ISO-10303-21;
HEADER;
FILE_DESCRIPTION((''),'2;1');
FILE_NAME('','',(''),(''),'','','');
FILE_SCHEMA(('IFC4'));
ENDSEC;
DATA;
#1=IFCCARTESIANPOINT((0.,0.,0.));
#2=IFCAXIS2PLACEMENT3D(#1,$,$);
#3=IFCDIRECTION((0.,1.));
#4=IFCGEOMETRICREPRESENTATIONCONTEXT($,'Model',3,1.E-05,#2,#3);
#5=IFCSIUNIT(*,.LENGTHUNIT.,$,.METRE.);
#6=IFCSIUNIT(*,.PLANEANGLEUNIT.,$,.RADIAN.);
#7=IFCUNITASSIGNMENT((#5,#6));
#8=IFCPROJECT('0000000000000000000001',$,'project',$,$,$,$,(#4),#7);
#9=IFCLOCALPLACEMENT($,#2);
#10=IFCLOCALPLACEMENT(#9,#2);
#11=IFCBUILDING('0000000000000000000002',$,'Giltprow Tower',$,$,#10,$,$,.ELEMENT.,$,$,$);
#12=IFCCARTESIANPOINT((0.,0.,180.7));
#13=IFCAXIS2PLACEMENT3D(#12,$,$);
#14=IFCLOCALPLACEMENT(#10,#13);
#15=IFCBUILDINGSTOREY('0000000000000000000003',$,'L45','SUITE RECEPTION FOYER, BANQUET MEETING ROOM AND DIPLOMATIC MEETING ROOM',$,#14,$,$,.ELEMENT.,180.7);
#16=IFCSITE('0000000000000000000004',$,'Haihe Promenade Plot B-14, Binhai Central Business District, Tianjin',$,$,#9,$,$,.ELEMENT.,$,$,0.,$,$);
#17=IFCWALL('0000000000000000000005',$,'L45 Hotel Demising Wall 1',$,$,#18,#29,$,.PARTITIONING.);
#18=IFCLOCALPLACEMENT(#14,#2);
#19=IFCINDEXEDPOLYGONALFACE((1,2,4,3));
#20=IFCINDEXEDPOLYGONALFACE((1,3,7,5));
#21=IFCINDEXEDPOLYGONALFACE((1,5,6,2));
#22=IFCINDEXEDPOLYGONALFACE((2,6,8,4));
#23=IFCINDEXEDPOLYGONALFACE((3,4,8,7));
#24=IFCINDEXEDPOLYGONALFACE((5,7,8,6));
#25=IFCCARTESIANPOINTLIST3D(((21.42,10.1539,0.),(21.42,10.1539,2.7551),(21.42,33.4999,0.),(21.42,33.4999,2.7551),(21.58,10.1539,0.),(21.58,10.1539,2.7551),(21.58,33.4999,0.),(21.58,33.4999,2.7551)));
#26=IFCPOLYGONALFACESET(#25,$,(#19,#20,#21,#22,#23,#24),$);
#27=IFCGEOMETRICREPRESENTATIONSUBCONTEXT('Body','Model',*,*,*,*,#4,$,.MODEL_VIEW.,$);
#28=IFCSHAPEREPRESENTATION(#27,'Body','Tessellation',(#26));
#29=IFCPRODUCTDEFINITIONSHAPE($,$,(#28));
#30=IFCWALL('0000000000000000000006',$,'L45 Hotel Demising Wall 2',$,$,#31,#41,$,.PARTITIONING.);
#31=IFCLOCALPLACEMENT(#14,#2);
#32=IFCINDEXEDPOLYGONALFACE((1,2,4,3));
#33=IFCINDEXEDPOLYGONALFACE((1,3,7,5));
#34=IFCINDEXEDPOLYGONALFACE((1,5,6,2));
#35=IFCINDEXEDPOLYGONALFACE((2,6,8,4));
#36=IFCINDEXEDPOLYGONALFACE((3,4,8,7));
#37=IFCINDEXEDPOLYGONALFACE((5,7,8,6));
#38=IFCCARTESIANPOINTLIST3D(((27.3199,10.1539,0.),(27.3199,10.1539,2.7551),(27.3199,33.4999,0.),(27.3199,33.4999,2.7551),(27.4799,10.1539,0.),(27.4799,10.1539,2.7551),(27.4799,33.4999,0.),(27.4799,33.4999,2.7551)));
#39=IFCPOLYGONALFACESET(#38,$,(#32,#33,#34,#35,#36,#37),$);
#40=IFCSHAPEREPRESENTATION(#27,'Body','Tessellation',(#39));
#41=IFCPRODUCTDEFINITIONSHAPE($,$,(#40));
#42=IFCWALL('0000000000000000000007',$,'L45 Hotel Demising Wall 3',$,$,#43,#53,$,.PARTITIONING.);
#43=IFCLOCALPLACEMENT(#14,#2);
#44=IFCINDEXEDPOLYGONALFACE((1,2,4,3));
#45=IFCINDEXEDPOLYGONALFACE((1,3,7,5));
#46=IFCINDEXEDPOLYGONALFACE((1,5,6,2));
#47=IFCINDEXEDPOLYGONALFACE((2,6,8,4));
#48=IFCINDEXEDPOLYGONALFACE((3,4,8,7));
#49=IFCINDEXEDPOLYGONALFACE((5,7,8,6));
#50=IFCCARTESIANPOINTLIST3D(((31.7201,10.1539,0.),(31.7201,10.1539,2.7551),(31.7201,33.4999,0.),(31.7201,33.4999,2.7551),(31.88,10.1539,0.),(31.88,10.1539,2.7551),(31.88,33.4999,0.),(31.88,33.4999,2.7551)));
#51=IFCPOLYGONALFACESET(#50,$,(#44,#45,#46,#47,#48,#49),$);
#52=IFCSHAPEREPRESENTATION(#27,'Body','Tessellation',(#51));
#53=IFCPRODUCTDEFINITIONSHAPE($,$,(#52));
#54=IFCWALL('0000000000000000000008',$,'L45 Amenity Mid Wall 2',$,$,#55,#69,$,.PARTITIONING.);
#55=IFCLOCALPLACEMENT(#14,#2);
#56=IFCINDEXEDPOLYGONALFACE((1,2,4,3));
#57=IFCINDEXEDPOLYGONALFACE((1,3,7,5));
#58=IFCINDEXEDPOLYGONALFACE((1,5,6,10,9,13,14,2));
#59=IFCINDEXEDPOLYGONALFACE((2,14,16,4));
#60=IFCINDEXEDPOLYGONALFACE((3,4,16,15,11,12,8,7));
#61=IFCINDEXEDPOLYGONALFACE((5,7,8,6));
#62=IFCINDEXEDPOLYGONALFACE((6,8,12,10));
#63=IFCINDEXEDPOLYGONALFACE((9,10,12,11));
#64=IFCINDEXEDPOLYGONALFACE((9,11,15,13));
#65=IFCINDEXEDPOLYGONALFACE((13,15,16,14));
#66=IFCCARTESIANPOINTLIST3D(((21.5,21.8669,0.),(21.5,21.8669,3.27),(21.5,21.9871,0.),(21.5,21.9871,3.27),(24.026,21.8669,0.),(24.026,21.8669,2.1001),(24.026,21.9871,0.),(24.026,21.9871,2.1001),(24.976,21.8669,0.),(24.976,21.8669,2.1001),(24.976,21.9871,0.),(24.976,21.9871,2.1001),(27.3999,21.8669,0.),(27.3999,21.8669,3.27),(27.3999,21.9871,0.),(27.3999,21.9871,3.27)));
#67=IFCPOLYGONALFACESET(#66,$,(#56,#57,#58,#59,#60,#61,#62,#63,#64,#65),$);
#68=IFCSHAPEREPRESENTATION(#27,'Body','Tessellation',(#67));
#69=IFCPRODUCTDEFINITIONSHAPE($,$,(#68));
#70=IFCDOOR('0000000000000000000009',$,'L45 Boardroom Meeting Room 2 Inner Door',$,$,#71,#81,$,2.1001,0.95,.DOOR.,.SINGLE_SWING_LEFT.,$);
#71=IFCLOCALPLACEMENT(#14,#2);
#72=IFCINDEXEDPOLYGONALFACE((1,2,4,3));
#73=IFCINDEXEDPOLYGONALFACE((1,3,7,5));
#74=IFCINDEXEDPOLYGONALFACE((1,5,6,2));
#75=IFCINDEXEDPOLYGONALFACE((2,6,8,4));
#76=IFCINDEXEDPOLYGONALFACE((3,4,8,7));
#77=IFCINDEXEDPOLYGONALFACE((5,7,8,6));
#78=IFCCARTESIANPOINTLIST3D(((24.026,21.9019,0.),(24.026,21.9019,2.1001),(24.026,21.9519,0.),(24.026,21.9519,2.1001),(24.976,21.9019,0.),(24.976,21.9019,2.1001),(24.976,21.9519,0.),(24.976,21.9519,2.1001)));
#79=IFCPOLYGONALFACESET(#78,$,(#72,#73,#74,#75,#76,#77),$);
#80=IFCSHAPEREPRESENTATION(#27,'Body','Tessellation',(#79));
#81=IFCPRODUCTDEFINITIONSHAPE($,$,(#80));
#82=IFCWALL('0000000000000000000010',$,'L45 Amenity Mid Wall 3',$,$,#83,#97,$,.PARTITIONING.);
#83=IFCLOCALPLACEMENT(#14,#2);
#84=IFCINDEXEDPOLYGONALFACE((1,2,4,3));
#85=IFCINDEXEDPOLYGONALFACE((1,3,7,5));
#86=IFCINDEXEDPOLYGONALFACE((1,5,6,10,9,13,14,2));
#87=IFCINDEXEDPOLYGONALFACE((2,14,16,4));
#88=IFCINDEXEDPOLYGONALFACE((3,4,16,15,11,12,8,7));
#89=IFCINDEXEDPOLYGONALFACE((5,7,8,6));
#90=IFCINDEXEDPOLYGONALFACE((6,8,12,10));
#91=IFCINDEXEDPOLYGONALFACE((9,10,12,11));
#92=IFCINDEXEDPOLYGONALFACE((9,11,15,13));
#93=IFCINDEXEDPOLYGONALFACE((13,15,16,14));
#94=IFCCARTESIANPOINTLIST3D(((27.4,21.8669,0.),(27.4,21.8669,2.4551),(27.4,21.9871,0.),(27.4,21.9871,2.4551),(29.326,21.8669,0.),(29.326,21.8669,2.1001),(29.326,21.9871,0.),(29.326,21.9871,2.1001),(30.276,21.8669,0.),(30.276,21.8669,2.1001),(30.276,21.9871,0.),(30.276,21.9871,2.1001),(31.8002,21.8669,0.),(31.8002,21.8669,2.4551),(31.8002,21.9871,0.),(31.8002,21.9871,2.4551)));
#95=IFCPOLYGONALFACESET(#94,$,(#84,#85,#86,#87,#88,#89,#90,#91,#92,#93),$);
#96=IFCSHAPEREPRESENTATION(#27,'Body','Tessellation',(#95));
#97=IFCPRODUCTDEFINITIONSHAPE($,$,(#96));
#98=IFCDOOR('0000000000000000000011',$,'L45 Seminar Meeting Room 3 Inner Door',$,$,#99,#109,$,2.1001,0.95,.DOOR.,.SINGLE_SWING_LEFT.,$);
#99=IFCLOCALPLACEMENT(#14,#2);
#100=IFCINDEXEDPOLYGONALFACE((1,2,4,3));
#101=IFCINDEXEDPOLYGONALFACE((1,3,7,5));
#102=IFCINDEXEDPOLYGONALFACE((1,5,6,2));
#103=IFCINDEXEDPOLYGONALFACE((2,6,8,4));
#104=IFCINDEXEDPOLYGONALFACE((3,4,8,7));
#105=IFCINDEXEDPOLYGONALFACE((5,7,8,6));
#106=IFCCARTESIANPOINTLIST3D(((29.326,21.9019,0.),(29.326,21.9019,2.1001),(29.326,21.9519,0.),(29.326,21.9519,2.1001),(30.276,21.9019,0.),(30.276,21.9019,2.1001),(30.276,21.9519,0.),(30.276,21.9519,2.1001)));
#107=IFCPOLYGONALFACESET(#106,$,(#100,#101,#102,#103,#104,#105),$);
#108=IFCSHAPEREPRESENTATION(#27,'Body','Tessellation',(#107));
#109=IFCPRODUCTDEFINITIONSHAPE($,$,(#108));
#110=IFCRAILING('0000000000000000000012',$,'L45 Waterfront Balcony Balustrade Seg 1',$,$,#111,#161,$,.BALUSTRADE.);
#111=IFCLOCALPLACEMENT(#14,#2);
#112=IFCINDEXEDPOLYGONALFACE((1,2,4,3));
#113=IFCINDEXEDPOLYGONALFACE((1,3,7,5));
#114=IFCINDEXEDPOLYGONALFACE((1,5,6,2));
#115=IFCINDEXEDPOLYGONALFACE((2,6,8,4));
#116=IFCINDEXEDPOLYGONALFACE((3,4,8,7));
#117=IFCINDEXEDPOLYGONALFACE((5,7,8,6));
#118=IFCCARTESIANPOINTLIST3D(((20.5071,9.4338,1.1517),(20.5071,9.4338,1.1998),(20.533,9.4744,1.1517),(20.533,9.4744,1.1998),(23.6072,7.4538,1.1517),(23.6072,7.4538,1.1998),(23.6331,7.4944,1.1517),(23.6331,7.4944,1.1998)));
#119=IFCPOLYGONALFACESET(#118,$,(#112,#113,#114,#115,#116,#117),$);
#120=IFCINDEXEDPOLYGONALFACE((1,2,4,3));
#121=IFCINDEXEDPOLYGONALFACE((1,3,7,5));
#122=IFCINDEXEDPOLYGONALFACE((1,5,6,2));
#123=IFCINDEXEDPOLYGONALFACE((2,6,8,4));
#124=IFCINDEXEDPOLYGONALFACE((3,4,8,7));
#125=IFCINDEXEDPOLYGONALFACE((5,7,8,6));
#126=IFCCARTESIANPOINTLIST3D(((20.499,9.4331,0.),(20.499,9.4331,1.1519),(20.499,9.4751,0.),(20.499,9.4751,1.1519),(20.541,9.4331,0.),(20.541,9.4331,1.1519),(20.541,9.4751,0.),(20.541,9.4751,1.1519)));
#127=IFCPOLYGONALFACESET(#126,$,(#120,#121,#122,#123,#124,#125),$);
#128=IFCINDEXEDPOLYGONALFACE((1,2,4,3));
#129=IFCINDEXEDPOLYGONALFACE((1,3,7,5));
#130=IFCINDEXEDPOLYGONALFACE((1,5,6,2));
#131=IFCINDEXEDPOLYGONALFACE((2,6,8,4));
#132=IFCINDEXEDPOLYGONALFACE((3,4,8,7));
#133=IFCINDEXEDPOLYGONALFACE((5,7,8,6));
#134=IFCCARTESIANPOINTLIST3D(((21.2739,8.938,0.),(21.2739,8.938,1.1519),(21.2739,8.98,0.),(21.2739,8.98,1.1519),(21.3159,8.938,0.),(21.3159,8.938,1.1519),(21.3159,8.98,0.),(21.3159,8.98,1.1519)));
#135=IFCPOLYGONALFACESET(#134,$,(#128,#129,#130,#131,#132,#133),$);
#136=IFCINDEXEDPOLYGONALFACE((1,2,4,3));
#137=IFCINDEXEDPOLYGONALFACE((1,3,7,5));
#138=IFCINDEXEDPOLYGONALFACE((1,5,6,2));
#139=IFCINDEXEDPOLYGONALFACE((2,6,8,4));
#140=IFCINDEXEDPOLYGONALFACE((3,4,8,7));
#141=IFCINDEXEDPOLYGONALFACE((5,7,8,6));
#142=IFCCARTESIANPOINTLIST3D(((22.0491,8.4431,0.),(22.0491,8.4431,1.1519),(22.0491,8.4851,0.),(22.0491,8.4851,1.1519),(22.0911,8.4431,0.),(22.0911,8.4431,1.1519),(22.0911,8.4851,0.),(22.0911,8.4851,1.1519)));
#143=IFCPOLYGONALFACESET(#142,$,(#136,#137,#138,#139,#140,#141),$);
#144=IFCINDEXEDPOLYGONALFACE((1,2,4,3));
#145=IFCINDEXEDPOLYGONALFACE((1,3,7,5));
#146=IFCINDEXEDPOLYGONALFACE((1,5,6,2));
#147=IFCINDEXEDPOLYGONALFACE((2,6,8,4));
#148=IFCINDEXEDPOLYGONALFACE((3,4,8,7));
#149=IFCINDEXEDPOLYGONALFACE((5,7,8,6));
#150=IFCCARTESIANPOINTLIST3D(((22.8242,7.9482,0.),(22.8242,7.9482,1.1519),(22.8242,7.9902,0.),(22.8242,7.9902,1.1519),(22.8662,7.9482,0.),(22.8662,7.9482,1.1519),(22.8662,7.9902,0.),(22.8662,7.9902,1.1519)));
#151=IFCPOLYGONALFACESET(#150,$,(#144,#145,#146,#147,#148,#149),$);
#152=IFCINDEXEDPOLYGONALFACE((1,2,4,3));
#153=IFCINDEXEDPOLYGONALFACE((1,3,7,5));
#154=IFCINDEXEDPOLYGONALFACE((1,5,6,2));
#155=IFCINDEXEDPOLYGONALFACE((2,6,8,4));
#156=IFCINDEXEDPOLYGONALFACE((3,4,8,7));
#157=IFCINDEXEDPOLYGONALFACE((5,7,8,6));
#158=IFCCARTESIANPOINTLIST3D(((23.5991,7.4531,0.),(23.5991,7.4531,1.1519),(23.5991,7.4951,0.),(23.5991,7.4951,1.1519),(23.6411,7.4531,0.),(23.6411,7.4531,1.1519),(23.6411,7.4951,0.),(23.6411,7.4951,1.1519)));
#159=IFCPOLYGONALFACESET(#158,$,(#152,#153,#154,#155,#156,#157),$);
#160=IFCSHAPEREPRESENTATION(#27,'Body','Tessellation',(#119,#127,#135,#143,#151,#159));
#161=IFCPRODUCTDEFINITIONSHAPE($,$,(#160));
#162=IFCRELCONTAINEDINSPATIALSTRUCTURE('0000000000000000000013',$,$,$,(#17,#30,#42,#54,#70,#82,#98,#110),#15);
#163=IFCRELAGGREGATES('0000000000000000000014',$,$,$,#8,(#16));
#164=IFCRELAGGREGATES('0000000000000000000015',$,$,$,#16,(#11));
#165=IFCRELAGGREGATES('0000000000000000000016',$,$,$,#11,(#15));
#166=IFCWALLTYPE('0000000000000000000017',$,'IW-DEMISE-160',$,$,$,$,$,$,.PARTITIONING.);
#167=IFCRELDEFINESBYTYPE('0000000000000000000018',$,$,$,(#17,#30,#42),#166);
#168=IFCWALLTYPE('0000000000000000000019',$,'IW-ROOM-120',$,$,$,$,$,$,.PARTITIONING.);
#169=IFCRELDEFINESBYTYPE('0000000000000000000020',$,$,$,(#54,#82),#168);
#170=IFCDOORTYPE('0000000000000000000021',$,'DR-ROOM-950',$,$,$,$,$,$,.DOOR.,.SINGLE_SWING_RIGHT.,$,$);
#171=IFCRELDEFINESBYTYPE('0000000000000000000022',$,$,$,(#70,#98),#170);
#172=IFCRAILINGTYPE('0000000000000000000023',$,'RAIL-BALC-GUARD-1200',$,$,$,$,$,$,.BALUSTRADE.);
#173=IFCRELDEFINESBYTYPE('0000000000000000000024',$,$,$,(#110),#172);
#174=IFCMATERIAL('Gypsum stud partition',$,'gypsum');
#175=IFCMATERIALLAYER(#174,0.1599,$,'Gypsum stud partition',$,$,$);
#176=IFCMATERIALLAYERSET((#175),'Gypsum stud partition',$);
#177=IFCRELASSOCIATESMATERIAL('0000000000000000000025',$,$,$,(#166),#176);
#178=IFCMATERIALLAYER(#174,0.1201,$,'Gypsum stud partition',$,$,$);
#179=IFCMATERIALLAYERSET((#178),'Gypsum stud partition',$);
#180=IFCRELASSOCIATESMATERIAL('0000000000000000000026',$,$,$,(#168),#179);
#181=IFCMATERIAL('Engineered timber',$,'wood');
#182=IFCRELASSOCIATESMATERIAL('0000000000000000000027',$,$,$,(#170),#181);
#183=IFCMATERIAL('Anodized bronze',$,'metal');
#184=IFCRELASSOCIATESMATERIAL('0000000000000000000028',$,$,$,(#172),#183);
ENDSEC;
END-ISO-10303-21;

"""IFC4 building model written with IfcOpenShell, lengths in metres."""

from ifc_helpers import new_model, si_unit, direction, frame, frame_2d, origin, origin_2d, place, context, subcontext, project, spatial, rectangle, extrude, source, transform, mapped, material, layer, layer_set, type_object, element, fill, save


model = new_model("IFC4")

# Units and contexts
model_context = context("Model", 3, precision=1e-05, world=origin(), true_north=direction((0.0, 1.0)))
body_context = subcontext(model_context, "Body", "Model", "MODEL_VIEW")
ifc_project = project(units=[si_unit("LENGTHUNIT", "METRE"), si_unit("PLANEANGLEUNIT", "RADIAN")], contexts=[model_context])

# Site, building, storey
site_placement = place(None, origin())
site = spatial("IfcSite", under=ifc_project, at=site_placement, Name="Haihe Promenade Plot B-14, Binhai Central Business District, Tianjin", CompositionType="ELEMENT", RefElevation=0.0)
building_placement = place(site_placement, origin())
building = spatial("IfcBuilding", under=site, at=building_placement, Name="Giltprow Tower", CompositionType="ELEMENT")
storey_placement = place(building_placement, frame((0.0, 0.0, 180.7)))
storey = spatial("IfcBuildingStorey", under=building, at=storey_placement, Name="L45", Description="SUITE RECEPTION FOYER, BANQUET MEETING ROOM AND DIPLOMATIC MEETING ROOM", CompositionType="ELEMENT", Elevation=180.7)

# Walls
ifc_material_1 = material(Name="Gypsum stud partition", Category="gypsum")
ifc_layer_1 = layer(ifc_material_1, 0.1599, Name="Gypsum stud partition")
ifc_layer_set_1 = layer_set([ifc_layer_1], Name="Gypsum stud partition")
wall_type_1 = type_object("IfcWallType", Name="IW-DEMISE-160", PredefinedType="PARTITIONING", material=ifc_layer_set_1)
for number, where, z_axis, x_axis, name in (
    (1, (21.5, 10.1541, 0.0), (0.0, 0.0, 1.0), (0.0, 1.0, 0.0), "L45 Hotel Demising Wall 1"),
    (2, (27.3999, 10.1541, 0.0), (0.0, 0.0, 1.0), (0.0, 1.0, 0.0), "L45 Hotel Demising Wall 2"),
    (3, (31.8, 10.1541, 0.0), (0.0, 0.0, 1.0), (0.0, 1.0, 0.0), "L45 Hotel Demising Wall 3"),
):
    element("IfcWall", number, at=place(storey_placement, frame(where, z_axis=z_axis, x_axis=x_axis)), inside=storey, type_object=wall_type_1, Name=name, PredefinedType="PARTITIONING", context=body_context, shape_type="SweptSolid", body=[
        extrude(rectangle(XDim=23.3459, YDim=0.1599, at=frame_2d((11.6729, 0.0))), origin(), (0.0, 0.0, 1.0), 2.7551),
    ])

# Walls, openings, doors
ifc_layer_2 = layer(ifc_material_1, 0.1201, Name="Gypsum stud partition")
ifc_layer_set_2 = layer_set([ifc_layer_2], Name="Gypsum stud partition")
wall_type_2 = type_object("IfcWallType", Name="IW-ROOM-120", PredefinedType="PARTITIONING", material=ifc_layer_set_2)
wall_1_placement = place(storey_placement, frame((21.5, 21.927, 0.0), z_axis=(0.0, 0.0, 1.0), x_axis=(1.0, 0.0, 0.0)))
wall_1 = element("IfcWall", 4, at=wall_1_placement, inside=storey, type_object=wall_type_2, Name="L45 Amenity Mid Wall 2", PredefinedType="PARTITIONING", context=body_context, shape_type="SweptSolid", body=[
    extrude(rectangle(XDim=5.8999, YDim=0.1201, at=frame_2d((2.95, 0.0))), origin(), (0.0, 0.0, 1.0), 3.27),
])
opening_1_placement = place(wall_1_placement, frame((2.5259, 0.0, 0.0)))
opening_1 = element("IfcOpeningElement", 5, at=opening_1_placement, cuts=wall_1, PredefinedType="OPENING", context=body_context, shape_type="SweptSolid", body=[
    extrude(rectangle(XDim=0.95, YDim=2.1001, at=frame_2d((0.4751, 1.05))), frame((0.0, 0.0701, 0.0), z_axis=(0.0, -1.0, 0.0), x_axis=(1.0, 0.0, 0.0)), (0.0, 0.0, 1.0), 0.1401),
])
ifc_material_2 = material(Name="Engineered timber", Category="wood")
door_type = type_object("IfcDoorType", Name="DR-ROOM-950", OperationType="SINGLE_SWING_RIGHT", PredefinedType="DOOR", material=ifc_material_2)
shared_shape_1 = source(origin(), body_context, "Body", "SweptSolid", [
    extrude(rectangle(XDim=0.95, YDim=2.1001, at=frame_2d((0.4751, 1.05))), frame((0.0, 0.0249, 0.0), z_axis=(0.0, -1.0, 0.0), x_axis=(1.0, 0.0, 0.0)), (0.0, 0.0, 1.0), 0.05),
])
door_1_placement = place(opening_1_placement, origin())
door_1 = element("IfcDoor", 6, at=door_1_placement, inside=storey, type_object=door_type, Name="L45 Boardroom Meeting Room 2 Inner Door", OperationType="SINGLE_SWING_LEFT", OverallHeight=2.1001, OverallWidth=0.95, PredefinedType="DOOR", context=body_context, shape_type="MappedRepresentation", body=[
    mapped(shared_shape_1, transform((0.0, 0.0, 0.0), x_axis=(1.0, 0.0, 0.0), y_axis=(0.0, 1.0, 0.0), z_axis=(0.0, 0.0, 1.0), scale=1.0)),
])
fill(opening_1, door_1)
wall_2_placement = place(storey_placement, frame((27.3999, 21.927, 0.0), z_axis=(0.0, 0.0, 1.0), x_axis=(1.0, 0.0, 0.0)))
wall_2 = element("IfcWall", 7, at=wall_2_placement, inside=storey, type_object=wall_type_2, Name="L45 Amenity Mid Wall 3", PredefinedType="PARTITIONING", context=body_context, shape_type="SweptSolid", body=[
    extrude(rectangle(XDim=4.4001, YDim=0.1201, at=frame_2d((2.2002, 0.0))), origin(), (0.0, 0.0, 1.0), 2.4551),
])
opening_2_placement = place(wall_2_placement, frame((1.926, 0.0, 0.0)))
opening_2 = element("IfcOpeningElement", 8, at=opening_2_placement, cuts=wall_2, PredefinedType="OPENING", context=body_context, shape_type="SweptSolid", body=[
    extrude(rectangle(XDim=0.95, YDim=2.1001, at=frame_2d((0.4751, 1.05))), frame((0.0, 0.0701, 0.0), z_axis=(0.0, -1.0, 0.0), x_axis=(1.0, 0.0, 0.0)), (0.0, 0.0, 1.0), 0.1401),
])
door_2_placement = place(opening_2_placement, origin())
door_2 = element("IfcDoor", 9, at=door_2_placement, inside=storey, type_object=door_type, Name="L45 Seminar Meeting Room 3 Inner Door", OperationType="SINGLE_SWING_LEFT", OverallHeight=2.1001, OverallWidth=0.95, PredefinedType="DOOR", context=body_context, shape_type="MappedRepresentation", body=[
    mapped(shared_shape_1, transform((0.0, 0.0, 0.0), x_axis=(1.0, 0.0, 0.0), y_axis=(0.0, 1.0, 0.0), z_axis=(0.0, 0.0, 1.0), scale=1.0)),
])
fill(opening_2, door_2)

# Railing
ifc_material_3 = material(Name="Anodized bronze", Category="metal")
railing_type = type_object("IfcRailingType", Name="RAIL-BALC-GUARD-1200", PredefinedType="BALUSTRADE", material=ifc_material_3)
railing_1_placement = place(storey_placement, frame((20.52, 9.4541, 0.0)))
element("IfcRailing", 10, at=railing_1_placement, inside=storey, type_object=railing_type, Name="L45 Waterfront Balcony Balustrade Seg 1", PredefinedType="BALUSTRADE", context=body_context, shape_type="SweptSolid", body=[
    extrude(rectangle(XDim=0.0481, YDim=0.0481, at=origin_2d()), frame((0.0, 0.0, 1.1758), z_axis=(0.842775, -0.538266, 0.0), x_axis=(0.538266, 0.842775, 0.0)), (0.0, 0.0, 1.0), 3.6785),
    extrude(rectangle(XDim=0.042, YDim=0.042, at=origin_2d()), origin(), (0.0, 0.0, 1.0), 1.1519),
    extrude(rectangle(XDim=0.042, YDim=0.042, at=origin_2d()), frame((0.7749, -0.4951, 0.0)), (0.0, 0.0, 1.0), 1.1519),
    extrude(rectangle(XDim=0.042, YDim=0.042, at=origin_2d()), frame((1.55, -0.99, 0.0)), (0.0, 0.0, 1.0), 1.1519),
    extrude(rectangle(XDim=0.042, YDim=0.042, at=origin_2d()), frame((2.3252, -1.4849, 0.0)), (0.0, 0.0, 1.0), 1.1519),
    extrude(rectangle(XDim=0.042, YDim=0.042, at=origin_2d()), frame((3.1001, -1.98, 0.0)), (0.0, 0.0, 1.0), 1.1519),
])

save(model, "model.ifc")
